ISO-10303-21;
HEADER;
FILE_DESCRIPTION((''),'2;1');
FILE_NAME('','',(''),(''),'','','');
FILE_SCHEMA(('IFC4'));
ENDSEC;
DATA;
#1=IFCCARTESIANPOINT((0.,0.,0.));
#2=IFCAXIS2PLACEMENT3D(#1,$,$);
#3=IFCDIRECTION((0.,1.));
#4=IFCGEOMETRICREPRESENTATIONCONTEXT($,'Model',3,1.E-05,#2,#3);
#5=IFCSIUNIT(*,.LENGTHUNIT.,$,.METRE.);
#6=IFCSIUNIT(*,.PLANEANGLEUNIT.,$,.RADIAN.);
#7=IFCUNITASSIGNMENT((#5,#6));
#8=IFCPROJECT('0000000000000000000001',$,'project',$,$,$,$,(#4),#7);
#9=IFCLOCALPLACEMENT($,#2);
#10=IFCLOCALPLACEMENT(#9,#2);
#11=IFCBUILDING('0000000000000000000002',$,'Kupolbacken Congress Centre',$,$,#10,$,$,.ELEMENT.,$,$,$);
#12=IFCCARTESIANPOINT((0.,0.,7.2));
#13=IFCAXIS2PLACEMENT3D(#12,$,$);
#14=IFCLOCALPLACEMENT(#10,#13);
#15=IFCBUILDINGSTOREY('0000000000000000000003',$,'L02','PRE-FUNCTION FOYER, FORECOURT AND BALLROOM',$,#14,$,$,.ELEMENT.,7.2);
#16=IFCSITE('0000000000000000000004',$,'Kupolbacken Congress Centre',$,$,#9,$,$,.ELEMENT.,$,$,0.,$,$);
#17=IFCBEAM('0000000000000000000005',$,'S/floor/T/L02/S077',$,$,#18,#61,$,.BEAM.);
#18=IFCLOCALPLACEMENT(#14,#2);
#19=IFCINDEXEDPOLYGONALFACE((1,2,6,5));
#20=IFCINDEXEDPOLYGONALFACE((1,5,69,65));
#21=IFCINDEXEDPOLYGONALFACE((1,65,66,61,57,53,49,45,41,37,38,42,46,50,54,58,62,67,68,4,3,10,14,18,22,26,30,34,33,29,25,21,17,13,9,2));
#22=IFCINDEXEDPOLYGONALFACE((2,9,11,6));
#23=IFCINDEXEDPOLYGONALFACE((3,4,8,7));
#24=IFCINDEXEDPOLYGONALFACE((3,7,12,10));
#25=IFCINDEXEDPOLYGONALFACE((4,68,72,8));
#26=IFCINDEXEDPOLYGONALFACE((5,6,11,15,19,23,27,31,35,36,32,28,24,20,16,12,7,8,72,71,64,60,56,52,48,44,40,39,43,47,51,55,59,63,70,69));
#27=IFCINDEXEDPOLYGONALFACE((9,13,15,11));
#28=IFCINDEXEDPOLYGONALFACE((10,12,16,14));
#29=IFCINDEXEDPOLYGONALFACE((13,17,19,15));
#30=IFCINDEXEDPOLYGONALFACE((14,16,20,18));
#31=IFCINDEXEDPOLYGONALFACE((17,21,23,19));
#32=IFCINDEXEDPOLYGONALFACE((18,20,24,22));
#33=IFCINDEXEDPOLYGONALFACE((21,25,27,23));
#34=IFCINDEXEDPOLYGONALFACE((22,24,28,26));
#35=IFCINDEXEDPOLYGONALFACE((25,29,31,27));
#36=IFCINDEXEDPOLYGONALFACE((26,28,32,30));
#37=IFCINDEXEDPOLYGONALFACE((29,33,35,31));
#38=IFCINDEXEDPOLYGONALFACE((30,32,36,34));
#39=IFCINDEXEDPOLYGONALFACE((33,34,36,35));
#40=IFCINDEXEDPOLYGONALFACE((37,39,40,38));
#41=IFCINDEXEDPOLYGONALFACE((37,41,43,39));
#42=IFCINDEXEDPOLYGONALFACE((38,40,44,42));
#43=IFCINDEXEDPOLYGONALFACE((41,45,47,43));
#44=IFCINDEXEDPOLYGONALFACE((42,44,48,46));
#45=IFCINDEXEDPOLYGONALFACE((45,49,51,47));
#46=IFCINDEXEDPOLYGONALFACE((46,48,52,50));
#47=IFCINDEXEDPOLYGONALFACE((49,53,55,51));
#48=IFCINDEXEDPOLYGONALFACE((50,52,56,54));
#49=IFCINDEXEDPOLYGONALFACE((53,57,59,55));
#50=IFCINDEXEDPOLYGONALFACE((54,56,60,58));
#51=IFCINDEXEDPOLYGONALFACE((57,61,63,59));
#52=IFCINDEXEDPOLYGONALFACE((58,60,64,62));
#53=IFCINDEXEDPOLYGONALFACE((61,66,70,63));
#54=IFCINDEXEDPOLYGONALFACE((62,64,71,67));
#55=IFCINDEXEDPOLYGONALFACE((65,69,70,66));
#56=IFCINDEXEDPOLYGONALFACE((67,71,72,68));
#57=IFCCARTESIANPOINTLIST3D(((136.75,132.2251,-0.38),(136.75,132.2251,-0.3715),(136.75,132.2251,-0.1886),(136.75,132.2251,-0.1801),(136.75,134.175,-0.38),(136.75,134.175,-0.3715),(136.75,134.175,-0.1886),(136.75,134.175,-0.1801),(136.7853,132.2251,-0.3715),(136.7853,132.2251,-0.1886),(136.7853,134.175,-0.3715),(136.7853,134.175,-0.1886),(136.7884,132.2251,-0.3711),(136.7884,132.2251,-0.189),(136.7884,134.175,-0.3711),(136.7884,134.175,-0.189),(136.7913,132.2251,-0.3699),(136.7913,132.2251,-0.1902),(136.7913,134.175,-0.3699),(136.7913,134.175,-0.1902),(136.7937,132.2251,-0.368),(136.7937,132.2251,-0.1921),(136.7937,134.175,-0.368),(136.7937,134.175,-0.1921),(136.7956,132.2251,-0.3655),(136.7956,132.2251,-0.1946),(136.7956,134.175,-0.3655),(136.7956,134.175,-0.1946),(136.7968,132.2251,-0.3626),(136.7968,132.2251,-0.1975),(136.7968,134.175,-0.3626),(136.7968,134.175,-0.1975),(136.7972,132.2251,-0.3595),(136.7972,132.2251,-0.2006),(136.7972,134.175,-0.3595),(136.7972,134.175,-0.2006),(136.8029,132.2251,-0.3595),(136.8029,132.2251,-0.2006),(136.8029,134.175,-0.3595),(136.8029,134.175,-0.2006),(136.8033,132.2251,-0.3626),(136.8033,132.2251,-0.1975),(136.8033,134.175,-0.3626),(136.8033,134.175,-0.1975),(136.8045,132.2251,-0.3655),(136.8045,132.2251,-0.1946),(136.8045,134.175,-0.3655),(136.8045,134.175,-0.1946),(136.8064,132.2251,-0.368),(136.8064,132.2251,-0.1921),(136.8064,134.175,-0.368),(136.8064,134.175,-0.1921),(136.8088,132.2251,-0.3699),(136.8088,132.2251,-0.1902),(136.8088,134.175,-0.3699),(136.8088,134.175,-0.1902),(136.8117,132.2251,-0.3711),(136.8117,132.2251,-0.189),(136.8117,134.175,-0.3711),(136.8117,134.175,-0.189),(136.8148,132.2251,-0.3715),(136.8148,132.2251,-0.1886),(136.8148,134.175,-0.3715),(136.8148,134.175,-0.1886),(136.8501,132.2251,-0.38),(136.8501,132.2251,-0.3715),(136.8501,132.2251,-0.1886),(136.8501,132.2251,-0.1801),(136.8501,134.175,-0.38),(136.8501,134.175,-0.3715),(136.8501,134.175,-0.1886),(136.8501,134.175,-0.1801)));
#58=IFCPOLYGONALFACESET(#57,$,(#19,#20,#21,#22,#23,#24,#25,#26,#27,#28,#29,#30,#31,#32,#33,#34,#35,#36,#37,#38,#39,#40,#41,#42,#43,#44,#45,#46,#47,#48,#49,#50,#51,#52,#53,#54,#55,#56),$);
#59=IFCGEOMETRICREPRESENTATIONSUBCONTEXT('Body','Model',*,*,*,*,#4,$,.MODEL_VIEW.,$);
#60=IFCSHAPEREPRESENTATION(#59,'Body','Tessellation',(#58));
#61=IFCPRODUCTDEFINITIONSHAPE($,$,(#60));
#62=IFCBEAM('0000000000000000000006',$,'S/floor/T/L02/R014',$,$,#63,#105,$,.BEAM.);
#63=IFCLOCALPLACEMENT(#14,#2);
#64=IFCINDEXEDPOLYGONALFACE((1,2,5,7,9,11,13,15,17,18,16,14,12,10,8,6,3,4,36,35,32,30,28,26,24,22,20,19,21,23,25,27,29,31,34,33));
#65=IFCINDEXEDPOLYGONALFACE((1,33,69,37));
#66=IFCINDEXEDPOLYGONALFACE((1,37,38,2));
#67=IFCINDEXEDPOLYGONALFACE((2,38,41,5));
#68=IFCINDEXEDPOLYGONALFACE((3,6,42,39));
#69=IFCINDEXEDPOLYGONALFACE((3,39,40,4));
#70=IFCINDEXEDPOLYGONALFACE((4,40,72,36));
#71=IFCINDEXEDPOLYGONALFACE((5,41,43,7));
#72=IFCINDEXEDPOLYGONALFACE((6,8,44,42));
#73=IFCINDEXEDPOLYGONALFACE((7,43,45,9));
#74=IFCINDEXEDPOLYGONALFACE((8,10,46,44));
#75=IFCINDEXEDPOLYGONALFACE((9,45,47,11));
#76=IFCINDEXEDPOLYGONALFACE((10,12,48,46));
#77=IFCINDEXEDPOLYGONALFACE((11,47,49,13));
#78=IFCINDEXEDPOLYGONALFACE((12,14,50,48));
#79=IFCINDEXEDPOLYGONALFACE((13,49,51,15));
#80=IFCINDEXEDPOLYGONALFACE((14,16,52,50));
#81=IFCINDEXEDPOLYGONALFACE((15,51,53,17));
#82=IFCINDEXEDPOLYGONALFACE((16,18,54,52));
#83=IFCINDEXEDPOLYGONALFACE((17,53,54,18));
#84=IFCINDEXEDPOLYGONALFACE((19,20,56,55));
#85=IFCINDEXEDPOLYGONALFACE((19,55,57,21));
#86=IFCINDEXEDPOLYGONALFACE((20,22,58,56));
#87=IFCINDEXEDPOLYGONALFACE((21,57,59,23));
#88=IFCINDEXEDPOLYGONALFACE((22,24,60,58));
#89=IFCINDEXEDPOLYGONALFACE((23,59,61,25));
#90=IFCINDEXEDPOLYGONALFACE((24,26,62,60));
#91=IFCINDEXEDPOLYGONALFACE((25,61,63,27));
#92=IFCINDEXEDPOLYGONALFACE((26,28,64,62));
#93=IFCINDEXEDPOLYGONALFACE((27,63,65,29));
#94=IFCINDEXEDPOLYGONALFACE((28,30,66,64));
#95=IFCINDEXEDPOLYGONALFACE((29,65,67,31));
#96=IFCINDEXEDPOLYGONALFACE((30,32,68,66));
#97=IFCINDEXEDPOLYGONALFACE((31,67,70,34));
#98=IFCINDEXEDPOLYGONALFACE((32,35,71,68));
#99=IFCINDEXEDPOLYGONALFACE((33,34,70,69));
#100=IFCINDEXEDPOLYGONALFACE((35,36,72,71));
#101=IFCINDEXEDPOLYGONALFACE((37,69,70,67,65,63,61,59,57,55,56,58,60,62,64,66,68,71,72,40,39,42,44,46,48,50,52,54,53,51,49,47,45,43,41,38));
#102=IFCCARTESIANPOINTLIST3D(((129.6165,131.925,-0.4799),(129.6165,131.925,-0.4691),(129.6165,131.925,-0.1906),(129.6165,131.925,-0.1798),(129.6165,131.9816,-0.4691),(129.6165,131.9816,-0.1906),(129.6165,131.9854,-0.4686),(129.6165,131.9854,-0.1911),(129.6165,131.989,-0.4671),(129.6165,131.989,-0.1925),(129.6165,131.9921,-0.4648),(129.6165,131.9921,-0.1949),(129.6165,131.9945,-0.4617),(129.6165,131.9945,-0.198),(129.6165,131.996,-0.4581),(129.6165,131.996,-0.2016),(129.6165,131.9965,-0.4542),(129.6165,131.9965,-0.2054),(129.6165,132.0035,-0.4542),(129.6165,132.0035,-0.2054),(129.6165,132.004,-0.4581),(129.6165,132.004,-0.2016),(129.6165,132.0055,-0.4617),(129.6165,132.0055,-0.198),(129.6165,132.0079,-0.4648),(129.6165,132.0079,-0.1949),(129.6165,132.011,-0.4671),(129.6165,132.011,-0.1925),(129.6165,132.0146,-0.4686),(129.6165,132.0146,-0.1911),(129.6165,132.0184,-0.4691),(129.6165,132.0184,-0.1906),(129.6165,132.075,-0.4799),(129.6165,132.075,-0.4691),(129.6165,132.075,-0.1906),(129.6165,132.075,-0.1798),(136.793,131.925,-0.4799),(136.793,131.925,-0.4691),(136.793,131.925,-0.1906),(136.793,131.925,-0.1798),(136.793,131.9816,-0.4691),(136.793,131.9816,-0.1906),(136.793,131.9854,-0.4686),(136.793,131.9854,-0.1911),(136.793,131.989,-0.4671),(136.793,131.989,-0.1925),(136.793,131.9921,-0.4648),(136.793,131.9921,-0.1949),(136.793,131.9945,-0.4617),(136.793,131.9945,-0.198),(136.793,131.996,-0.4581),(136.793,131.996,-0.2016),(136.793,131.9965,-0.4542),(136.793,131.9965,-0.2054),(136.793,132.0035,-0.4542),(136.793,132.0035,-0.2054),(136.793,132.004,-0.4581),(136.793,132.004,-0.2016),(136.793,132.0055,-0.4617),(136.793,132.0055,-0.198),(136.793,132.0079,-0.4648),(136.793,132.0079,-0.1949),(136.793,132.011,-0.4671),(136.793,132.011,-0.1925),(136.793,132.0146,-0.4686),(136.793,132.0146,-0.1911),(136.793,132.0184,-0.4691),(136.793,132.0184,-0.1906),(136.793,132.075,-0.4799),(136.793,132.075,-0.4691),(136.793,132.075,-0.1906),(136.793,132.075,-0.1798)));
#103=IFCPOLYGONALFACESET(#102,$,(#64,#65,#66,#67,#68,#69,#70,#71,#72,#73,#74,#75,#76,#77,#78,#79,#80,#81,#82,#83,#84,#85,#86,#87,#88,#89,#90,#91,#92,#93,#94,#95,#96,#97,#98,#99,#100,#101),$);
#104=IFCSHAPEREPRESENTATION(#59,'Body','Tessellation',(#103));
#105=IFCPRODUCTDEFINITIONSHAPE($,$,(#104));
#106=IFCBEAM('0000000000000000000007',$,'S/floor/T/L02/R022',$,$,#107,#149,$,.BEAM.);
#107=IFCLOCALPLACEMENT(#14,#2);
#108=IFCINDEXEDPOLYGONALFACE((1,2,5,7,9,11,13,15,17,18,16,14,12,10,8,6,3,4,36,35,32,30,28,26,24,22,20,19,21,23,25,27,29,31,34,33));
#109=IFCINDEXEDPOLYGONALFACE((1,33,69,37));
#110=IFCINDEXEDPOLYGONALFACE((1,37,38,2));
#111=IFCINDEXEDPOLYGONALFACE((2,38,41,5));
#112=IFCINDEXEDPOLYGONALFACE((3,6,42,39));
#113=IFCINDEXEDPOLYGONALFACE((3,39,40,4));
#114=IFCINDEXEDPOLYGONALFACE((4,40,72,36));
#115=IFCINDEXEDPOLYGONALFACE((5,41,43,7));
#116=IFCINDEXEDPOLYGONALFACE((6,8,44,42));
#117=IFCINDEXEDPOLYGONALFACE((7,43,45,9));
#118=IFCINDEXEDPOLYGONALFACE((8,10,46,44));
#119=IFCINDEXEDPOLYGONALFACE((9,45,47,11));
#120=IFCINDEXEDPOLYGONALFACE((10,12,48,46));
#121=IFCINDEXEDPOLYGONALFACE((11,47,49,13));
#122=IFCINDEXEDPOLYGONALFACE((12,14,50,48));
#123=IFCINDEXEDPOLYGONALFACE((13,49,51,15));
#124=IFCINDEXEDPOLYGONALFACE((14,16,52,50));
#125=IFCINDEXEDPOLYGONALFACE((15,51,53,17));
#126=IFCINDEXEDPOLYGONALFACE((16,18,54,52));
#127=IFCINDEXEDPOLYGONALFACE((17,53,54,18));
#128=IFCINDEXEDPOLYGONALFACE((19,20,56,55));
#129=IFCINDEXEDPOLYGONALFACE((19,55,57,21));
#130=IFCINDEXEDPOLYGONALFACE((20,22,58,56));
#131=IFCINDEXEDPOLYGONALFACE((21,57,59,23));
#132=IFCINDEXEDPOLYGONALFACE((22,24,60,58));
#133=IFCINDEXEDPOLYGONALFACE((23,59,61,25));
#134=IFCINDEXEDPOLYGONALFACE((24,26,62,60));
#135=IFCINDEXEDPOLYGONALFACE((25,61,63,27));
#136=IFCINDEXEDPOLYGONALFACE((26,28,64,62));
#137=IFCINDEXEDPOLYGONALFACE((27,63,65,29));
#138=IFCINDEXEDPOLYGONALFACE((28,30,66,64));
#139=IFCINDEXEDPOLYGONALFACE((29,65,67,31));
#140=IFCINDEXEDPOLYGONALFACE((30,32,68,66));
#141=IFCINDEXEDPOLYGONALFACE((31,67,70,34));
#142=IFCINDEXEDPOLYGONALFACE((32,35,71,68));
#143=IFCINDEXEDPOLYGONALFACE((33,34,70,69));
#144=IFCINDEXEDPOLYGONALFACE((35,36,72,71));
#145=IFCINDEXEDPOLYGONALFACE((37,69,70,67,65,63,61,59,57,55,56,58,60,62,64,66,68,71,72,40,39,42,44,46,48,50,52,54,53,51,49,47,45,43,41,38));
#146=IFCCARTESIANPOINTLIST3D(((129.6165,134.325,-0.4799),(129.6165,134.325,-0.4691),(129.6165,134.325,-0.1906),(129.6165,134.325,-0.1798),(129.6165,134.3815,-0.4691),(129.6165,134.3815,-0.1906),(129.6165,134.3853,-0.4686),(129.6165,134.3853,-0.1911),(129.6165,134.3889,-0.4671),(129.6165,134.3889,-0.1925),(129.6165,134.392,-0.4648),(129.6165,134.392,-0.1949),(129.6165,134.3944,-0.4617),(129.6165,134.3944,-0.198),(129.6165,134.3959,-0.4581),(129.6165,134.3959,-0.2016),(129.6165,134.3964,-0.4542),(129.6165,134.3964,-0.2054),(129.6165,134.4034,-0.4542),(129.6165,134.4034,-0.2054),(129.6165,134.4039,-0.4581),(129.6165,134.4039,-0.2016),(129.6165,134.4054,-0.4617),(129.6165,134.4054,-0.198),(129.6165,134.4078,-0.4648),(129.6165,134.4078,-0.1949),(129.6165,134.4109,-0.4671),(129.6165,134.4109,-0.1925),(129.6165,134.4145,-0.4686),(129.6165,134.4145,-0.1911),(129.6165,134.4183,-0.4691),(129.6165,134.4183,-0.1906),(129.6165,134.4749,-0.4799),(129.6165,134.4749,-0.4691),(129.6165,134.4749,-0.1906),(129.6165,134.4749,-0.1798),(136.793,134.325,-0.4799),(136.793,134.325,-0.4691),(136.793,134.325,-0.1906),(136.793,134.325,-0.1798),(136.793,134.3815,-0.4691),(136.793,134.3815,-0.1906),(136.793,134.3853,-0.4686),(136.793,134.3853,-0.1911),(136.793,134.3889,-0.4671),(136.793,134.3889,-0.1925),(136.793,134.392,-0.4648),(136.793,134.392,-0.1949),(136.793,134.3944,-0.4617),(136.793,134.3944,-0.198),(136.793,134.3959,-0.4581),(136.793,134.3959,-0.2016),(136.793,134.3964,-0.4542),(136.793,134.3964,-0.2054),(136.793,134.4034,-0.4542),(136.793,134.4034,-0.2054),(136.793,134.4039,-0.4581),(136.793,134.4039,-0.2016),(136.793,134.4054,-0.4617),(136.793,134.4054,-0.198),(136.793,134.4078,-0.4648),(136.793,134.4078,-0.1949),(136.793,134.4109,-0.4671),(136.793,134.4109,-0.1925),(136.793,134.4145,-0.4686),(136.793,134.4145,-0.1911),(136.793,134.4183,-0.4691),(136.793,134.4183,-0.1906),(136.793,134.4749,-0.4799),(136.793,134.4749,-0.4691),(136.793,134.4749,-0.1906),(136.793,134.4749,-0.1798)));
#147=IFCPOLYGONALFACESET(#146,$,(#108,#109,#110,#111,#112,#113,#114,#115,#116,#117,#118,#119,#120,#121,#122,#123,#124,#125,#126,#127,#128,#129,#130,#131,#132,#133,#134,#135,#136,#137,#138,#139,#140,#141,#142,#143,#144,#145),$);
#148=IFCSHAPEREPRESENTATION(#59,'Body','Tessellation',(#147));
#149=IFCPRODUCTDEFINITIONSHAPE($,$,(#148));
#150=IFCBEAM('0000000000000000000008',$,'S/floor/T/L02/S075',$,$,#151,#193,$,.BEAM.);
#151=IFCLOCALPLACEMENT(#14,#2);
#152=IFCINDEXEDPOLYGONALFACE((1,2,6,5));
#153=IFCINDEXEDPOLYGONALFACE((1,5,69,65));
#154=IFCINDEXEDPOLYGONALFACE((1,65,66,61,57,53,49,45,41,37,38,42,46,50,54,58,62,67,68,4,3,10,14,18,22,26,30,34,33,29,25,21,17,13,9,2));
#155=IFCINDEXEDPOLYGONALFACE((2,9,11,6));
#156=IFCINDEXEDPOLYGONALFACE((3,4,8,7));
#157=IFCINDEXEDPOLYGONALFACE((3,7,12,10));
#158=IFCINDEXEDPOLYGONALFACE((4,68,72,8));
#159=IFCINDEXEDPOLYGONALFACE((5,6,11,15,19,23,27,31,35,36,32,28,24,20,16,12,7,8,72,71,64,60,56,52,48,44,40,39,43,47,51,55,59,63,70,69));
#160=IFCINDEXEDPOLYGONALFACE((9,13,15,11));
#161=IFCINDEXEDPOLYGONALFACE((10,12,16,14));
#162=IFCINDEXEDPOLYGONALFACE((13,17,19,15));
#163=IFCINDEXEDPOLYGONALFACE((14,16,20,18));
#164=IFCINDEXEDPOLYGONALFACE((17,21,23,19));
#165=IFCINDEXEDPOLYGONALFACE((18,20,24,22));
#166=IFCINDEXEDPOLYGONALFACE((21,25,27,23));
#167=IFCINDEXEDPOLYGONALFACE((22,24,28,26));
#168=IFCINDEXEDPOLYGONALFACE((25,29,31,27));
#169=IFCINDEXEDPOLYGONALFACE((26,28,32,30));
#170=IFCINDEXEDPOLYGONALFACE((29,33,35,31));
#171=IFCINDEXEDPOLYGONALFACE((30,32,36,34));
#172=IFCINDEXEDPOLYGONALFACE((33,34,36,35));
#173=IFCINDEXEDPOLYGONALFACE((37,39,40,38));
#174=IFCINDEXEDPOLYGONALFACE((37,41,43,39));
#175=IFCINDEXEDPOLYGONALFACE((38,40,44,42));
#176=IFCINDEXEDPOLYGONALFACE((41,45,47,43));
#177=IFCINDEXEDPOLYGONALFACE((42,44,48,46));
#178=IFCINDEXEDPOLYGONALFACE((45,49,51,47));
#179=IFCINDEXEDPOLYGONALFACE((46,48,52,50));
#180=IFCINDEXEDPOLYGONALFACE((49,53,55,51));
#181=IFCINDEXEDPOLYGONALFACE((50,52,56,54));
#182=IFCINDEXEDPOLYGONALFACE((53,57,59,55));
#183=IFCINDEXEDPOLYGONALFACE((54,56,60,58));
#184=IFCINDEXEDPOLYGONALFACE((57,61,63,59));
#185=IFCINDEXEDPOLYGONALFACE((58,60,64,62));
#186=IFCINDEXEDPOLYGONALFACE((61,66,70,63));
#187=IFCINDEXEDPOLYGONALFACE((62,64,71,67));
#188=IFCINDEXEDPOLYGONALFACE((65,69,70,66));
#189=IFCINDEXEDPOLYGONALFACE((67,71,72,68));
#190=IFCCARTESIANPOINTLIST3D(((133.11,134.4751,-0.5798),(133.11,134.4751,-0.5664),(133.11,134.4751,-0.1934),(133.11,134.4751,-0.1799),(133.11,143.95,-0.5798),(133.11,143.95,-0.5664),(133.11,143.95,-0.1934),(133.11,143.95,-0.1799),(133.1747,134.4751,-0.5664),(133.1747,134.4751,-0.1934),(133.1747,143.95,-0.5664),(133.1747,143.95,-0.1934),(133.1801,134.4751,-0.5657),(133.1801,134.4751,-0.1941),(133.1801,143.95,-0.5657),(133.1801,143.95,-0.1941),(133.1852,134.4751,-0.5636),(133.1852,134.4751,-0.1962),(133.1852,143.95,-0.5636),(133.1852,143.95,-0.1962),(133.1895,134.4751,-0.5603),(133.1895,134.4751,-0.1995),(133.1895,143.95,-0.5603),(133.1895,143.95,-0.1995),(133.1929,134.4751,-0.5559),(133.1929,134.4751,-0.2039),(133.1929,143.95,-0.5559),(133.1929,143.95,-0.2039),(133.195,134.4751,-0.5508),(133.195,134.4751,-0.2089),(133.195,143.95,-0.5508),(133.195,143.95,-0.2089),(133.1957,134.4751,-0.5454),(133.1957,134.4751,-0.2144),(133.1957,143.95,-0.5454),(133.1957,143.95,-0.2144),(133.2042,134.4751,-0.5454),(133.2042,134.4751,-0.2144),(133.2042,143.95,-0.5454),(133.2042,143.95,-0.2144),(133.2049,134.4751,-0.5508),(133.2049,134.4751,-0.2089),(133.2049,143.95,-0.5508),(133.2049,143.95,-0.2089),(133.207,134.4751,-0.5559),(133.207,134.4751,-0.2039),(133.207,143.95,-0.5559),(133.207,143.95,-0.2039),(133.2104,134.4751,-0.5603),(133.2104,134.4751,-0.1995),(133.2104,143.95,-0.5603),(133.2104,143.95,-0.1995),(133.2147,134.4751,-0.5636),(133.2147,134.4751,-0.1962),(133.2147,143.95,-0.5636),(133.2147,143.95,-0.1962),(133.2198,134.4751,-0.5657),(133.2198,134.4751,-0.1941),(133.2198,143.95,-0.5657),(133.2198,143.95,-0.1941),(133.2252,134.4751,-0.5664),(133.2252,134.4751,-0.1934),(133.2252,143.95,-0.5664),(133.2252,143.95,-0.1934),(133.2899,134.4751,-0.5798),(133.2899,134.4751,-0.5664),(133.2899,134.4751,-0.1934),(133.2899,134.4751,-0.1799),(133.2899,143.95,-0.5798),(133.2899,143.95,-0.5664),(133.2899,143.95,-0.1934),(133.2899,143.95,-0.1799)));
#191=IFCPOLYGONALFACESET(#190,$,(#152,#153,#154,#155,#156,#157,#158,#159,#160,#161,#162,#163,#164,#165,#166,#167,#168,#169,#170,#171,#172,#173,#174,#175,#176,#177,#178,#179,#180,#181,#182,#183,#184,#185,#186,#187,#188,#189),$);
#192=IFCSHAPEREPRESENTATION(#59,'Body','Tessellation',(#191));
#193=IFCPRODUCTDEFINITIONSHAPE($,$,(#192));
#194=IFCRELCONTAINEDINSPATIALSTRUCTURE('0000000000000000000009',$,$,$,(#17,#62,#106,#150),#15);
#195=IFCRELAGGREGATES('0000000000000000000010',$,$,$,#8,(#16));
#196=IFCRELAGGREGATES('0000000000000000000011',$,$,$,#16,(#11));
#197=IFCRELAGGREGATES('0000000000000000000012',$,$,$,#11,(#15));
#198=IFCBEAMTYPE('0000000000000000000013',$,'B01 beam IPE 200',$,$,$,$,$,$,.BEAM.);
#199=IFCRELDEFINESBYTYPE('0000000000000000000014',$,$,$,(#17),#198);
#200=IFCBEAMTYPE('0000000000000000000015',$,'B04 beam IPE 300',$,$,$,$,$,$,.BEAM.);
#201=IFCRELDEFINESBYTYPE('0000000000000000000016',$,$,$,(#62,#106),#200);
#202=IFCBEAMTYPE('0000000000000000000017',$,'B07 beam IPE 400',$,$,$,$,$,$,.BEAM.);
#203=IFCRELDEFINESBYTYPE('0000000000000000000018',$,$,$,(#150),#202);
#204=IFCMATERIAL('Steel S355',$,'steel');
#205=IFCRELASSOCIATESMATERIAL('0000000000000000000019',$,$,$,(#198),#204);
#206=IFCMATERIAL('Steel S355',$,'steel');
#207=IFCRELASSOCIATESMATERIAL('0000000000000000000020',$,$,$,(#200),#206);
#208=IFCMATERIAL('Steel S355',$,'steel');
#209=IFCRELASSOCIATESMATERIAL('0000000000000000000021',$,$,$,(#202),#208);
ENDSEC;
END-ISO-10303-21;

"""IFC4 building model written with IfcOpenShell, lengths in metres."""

from ifc_helpers import new_model, si_unit, direction, frame, origin, origin_2d, place, context, subcontext, project, spatial, i_section, extrude, material, material_profile, profile_set, type_object, element, save


model = new_model("IFC4")

# Units and contexts
model_context = context("Model", 3, precision=1e-05, world=origin(), true_north=direction((0.0, 1.0)))
body_context = subcontext(model_context, "Body", "Model", "MODEL_VIEW")
ifc_project = project(units=[si_unit("LENGTHUNIT", "METRE"), si_unit("PLANEANGLEUNIT", "RADIAN")], contexts=[model_context])

# Site, building, storey
site_placement = place(None, origin())
site = spatial("IfcSite", under=ifc_project, at=site_placement, Name="Kupolbacken Congress Centre", CompositionType="ELEMENT", RefElevation=0.0)
building_placement = place(site_placement, origin())
building = spatial("IfcBuilding", under=site, at=building_placement, Name="Kupolbacken Congress Centre", CompositionType="ELEMENT")
storey_placement = place(building_placement, frame((0.0, 0.0, 7.2)))
storey = spatial("IfcBuildingStorey", under=building, at=storey_placement, Name="L02", Description="PRE-FUNCTION FOYER, FORECOURT AND BALLROOM", CompositionType="ELEMENT", Elevation=7.2)

# Beams
ifc_material_1 = material(Name="Steel S355", Category="steel")
ifc_material_profile_1 = material_profile(ifc_material_1, i_section(OverallWidth=0.1001, OverallDepth=0.2, WebThickness=0.0056, FlangeThickness=0.0085, FilletRadius=0.012, at=origin_2d()), Name="IPE 200")
ifc_profile_set_1 = profile_set([ifc_material_profile_1], Name="Steel S355")
beam_type_1 = type_object("IfcBeamType", Name="B01 beam IPE 200", PredefinedType="BEAM", material=ifc_profile_set_1)
beam_1_placement = place(storey_placement, frame((136.8, 132.2251, -0.28), z_axis=(0.0, 1.0, 0.0), x_axis=(-1.0, 0.0, 0.0)))
element("IfcBeam", 1, at=beam_1_placement, inside=storey, type_object=beam_type_1, Name="S/floor/T/L02/S077", PredefinedType="BEAM", context=body_context, shape_type="SweptSolid", body=[
    extrude(i_section(OverallWidth=0.1001, OverallDepth=0.2, WebThickness=0.0056, FlangeThickness=0.0085, FilletRadius=0.012, at=origin_2d()), origin(), (0.0, 0.0, 1.0), 1.95),
])
ifc_material_2 = material(Name="Steel S355", Category="steel")
ifc_material_profile_2 = material_profile(ifc_material_2, i_section(OverallWidth=0.1499, OverallDepth=0.3, WebThickness=0.0071, FlangeThickness=0.0107, FilletRadius=0.0149, at=origin_2d()), Name="IPE 300")
ifc_profile_set_2 = profile_set([ifc_material_profile_2], Name="Steel S355")
beam_type_2 = type_object("IfcBeamType", Name="B04 beam IPE 300", PredefinedType="BEAM", material=ifc_profile_set_2)
for number, where, z_axis, x_axis, name in (
    (2, (129.6165, 132.0, -0.3298), (1.0, 0.0, 0.0), (0.0, 1.0, 0.0), "S/floor/T/L02/R014"),
    (3, (129.6165, 134.3999, -0.3298), (1.0, 0.0, 0.0), (0.0, 1.0, 0.0), "S/floor/T/L02/R022"),
):
    element("IfcBeam", number, at=place(storey_placement, frame(where, z_axis=z_axis, x_axis=x_axis)), inside=storey, type_object=beam_type_2, Name=name, PredefinedType="BEAM", context=body_context, shape_type="SweptSolid", body=[
        extrude(i_section(OverallWidth=0.1499, OverallDepth=0.3, WebThickness=0.0071, FlangeThickness=0.0107, FilletRadius=0.0149, at=origin_2d()), origin(), (0.0, 0.0, 1.0), 7.1765),
    ])
ifc_material_3 = material(Name="Steel S355", Category="steel")
ifc_material_profile_3 = material_profile(ifc_material_3, i_section(OverallWidth=0.1799, OverallDepth=0.3999, WebThickness=0.0085, FlangeThickness=0.0134, FilletRadius=0.021, at=origin_2d()), Name="IPE 400")
ifc_profile_set_3 = profile_set([ifc_material_profile_3], Name="Steel S355")
beam_type_3 = type_object("IfcBeamType", Name="B07 beam IPE 400", PredefinedType="BEAM", material=ifc_profile_set_3)
beam_2_placement = place(storey_placement, frame((133.2, 134.4751, -0.3799), z_axis=(0.0, 1.0, 0.0), x_axis=(-1.0, 0.0, 0.0)))
element("IfcBeam", 4, at=beam_2_placement, inside=storey, type_object=beam_type_3, Name="S/floor/T/L02/S075", PredefinedType="BEAM", context=body_context, shape_type="SweptSolid", body=[
    extrude(i_section(OverallWidth=0.1799, OverallDepth=0.3999, WebThickness=0.0085, FlangeThickness=0.0134, FilletRadius=0.021, at=origin_2d()), origin(), (0.0, 0.0, 1.0), 9.4749),
])

save(model, "model.ifc")
